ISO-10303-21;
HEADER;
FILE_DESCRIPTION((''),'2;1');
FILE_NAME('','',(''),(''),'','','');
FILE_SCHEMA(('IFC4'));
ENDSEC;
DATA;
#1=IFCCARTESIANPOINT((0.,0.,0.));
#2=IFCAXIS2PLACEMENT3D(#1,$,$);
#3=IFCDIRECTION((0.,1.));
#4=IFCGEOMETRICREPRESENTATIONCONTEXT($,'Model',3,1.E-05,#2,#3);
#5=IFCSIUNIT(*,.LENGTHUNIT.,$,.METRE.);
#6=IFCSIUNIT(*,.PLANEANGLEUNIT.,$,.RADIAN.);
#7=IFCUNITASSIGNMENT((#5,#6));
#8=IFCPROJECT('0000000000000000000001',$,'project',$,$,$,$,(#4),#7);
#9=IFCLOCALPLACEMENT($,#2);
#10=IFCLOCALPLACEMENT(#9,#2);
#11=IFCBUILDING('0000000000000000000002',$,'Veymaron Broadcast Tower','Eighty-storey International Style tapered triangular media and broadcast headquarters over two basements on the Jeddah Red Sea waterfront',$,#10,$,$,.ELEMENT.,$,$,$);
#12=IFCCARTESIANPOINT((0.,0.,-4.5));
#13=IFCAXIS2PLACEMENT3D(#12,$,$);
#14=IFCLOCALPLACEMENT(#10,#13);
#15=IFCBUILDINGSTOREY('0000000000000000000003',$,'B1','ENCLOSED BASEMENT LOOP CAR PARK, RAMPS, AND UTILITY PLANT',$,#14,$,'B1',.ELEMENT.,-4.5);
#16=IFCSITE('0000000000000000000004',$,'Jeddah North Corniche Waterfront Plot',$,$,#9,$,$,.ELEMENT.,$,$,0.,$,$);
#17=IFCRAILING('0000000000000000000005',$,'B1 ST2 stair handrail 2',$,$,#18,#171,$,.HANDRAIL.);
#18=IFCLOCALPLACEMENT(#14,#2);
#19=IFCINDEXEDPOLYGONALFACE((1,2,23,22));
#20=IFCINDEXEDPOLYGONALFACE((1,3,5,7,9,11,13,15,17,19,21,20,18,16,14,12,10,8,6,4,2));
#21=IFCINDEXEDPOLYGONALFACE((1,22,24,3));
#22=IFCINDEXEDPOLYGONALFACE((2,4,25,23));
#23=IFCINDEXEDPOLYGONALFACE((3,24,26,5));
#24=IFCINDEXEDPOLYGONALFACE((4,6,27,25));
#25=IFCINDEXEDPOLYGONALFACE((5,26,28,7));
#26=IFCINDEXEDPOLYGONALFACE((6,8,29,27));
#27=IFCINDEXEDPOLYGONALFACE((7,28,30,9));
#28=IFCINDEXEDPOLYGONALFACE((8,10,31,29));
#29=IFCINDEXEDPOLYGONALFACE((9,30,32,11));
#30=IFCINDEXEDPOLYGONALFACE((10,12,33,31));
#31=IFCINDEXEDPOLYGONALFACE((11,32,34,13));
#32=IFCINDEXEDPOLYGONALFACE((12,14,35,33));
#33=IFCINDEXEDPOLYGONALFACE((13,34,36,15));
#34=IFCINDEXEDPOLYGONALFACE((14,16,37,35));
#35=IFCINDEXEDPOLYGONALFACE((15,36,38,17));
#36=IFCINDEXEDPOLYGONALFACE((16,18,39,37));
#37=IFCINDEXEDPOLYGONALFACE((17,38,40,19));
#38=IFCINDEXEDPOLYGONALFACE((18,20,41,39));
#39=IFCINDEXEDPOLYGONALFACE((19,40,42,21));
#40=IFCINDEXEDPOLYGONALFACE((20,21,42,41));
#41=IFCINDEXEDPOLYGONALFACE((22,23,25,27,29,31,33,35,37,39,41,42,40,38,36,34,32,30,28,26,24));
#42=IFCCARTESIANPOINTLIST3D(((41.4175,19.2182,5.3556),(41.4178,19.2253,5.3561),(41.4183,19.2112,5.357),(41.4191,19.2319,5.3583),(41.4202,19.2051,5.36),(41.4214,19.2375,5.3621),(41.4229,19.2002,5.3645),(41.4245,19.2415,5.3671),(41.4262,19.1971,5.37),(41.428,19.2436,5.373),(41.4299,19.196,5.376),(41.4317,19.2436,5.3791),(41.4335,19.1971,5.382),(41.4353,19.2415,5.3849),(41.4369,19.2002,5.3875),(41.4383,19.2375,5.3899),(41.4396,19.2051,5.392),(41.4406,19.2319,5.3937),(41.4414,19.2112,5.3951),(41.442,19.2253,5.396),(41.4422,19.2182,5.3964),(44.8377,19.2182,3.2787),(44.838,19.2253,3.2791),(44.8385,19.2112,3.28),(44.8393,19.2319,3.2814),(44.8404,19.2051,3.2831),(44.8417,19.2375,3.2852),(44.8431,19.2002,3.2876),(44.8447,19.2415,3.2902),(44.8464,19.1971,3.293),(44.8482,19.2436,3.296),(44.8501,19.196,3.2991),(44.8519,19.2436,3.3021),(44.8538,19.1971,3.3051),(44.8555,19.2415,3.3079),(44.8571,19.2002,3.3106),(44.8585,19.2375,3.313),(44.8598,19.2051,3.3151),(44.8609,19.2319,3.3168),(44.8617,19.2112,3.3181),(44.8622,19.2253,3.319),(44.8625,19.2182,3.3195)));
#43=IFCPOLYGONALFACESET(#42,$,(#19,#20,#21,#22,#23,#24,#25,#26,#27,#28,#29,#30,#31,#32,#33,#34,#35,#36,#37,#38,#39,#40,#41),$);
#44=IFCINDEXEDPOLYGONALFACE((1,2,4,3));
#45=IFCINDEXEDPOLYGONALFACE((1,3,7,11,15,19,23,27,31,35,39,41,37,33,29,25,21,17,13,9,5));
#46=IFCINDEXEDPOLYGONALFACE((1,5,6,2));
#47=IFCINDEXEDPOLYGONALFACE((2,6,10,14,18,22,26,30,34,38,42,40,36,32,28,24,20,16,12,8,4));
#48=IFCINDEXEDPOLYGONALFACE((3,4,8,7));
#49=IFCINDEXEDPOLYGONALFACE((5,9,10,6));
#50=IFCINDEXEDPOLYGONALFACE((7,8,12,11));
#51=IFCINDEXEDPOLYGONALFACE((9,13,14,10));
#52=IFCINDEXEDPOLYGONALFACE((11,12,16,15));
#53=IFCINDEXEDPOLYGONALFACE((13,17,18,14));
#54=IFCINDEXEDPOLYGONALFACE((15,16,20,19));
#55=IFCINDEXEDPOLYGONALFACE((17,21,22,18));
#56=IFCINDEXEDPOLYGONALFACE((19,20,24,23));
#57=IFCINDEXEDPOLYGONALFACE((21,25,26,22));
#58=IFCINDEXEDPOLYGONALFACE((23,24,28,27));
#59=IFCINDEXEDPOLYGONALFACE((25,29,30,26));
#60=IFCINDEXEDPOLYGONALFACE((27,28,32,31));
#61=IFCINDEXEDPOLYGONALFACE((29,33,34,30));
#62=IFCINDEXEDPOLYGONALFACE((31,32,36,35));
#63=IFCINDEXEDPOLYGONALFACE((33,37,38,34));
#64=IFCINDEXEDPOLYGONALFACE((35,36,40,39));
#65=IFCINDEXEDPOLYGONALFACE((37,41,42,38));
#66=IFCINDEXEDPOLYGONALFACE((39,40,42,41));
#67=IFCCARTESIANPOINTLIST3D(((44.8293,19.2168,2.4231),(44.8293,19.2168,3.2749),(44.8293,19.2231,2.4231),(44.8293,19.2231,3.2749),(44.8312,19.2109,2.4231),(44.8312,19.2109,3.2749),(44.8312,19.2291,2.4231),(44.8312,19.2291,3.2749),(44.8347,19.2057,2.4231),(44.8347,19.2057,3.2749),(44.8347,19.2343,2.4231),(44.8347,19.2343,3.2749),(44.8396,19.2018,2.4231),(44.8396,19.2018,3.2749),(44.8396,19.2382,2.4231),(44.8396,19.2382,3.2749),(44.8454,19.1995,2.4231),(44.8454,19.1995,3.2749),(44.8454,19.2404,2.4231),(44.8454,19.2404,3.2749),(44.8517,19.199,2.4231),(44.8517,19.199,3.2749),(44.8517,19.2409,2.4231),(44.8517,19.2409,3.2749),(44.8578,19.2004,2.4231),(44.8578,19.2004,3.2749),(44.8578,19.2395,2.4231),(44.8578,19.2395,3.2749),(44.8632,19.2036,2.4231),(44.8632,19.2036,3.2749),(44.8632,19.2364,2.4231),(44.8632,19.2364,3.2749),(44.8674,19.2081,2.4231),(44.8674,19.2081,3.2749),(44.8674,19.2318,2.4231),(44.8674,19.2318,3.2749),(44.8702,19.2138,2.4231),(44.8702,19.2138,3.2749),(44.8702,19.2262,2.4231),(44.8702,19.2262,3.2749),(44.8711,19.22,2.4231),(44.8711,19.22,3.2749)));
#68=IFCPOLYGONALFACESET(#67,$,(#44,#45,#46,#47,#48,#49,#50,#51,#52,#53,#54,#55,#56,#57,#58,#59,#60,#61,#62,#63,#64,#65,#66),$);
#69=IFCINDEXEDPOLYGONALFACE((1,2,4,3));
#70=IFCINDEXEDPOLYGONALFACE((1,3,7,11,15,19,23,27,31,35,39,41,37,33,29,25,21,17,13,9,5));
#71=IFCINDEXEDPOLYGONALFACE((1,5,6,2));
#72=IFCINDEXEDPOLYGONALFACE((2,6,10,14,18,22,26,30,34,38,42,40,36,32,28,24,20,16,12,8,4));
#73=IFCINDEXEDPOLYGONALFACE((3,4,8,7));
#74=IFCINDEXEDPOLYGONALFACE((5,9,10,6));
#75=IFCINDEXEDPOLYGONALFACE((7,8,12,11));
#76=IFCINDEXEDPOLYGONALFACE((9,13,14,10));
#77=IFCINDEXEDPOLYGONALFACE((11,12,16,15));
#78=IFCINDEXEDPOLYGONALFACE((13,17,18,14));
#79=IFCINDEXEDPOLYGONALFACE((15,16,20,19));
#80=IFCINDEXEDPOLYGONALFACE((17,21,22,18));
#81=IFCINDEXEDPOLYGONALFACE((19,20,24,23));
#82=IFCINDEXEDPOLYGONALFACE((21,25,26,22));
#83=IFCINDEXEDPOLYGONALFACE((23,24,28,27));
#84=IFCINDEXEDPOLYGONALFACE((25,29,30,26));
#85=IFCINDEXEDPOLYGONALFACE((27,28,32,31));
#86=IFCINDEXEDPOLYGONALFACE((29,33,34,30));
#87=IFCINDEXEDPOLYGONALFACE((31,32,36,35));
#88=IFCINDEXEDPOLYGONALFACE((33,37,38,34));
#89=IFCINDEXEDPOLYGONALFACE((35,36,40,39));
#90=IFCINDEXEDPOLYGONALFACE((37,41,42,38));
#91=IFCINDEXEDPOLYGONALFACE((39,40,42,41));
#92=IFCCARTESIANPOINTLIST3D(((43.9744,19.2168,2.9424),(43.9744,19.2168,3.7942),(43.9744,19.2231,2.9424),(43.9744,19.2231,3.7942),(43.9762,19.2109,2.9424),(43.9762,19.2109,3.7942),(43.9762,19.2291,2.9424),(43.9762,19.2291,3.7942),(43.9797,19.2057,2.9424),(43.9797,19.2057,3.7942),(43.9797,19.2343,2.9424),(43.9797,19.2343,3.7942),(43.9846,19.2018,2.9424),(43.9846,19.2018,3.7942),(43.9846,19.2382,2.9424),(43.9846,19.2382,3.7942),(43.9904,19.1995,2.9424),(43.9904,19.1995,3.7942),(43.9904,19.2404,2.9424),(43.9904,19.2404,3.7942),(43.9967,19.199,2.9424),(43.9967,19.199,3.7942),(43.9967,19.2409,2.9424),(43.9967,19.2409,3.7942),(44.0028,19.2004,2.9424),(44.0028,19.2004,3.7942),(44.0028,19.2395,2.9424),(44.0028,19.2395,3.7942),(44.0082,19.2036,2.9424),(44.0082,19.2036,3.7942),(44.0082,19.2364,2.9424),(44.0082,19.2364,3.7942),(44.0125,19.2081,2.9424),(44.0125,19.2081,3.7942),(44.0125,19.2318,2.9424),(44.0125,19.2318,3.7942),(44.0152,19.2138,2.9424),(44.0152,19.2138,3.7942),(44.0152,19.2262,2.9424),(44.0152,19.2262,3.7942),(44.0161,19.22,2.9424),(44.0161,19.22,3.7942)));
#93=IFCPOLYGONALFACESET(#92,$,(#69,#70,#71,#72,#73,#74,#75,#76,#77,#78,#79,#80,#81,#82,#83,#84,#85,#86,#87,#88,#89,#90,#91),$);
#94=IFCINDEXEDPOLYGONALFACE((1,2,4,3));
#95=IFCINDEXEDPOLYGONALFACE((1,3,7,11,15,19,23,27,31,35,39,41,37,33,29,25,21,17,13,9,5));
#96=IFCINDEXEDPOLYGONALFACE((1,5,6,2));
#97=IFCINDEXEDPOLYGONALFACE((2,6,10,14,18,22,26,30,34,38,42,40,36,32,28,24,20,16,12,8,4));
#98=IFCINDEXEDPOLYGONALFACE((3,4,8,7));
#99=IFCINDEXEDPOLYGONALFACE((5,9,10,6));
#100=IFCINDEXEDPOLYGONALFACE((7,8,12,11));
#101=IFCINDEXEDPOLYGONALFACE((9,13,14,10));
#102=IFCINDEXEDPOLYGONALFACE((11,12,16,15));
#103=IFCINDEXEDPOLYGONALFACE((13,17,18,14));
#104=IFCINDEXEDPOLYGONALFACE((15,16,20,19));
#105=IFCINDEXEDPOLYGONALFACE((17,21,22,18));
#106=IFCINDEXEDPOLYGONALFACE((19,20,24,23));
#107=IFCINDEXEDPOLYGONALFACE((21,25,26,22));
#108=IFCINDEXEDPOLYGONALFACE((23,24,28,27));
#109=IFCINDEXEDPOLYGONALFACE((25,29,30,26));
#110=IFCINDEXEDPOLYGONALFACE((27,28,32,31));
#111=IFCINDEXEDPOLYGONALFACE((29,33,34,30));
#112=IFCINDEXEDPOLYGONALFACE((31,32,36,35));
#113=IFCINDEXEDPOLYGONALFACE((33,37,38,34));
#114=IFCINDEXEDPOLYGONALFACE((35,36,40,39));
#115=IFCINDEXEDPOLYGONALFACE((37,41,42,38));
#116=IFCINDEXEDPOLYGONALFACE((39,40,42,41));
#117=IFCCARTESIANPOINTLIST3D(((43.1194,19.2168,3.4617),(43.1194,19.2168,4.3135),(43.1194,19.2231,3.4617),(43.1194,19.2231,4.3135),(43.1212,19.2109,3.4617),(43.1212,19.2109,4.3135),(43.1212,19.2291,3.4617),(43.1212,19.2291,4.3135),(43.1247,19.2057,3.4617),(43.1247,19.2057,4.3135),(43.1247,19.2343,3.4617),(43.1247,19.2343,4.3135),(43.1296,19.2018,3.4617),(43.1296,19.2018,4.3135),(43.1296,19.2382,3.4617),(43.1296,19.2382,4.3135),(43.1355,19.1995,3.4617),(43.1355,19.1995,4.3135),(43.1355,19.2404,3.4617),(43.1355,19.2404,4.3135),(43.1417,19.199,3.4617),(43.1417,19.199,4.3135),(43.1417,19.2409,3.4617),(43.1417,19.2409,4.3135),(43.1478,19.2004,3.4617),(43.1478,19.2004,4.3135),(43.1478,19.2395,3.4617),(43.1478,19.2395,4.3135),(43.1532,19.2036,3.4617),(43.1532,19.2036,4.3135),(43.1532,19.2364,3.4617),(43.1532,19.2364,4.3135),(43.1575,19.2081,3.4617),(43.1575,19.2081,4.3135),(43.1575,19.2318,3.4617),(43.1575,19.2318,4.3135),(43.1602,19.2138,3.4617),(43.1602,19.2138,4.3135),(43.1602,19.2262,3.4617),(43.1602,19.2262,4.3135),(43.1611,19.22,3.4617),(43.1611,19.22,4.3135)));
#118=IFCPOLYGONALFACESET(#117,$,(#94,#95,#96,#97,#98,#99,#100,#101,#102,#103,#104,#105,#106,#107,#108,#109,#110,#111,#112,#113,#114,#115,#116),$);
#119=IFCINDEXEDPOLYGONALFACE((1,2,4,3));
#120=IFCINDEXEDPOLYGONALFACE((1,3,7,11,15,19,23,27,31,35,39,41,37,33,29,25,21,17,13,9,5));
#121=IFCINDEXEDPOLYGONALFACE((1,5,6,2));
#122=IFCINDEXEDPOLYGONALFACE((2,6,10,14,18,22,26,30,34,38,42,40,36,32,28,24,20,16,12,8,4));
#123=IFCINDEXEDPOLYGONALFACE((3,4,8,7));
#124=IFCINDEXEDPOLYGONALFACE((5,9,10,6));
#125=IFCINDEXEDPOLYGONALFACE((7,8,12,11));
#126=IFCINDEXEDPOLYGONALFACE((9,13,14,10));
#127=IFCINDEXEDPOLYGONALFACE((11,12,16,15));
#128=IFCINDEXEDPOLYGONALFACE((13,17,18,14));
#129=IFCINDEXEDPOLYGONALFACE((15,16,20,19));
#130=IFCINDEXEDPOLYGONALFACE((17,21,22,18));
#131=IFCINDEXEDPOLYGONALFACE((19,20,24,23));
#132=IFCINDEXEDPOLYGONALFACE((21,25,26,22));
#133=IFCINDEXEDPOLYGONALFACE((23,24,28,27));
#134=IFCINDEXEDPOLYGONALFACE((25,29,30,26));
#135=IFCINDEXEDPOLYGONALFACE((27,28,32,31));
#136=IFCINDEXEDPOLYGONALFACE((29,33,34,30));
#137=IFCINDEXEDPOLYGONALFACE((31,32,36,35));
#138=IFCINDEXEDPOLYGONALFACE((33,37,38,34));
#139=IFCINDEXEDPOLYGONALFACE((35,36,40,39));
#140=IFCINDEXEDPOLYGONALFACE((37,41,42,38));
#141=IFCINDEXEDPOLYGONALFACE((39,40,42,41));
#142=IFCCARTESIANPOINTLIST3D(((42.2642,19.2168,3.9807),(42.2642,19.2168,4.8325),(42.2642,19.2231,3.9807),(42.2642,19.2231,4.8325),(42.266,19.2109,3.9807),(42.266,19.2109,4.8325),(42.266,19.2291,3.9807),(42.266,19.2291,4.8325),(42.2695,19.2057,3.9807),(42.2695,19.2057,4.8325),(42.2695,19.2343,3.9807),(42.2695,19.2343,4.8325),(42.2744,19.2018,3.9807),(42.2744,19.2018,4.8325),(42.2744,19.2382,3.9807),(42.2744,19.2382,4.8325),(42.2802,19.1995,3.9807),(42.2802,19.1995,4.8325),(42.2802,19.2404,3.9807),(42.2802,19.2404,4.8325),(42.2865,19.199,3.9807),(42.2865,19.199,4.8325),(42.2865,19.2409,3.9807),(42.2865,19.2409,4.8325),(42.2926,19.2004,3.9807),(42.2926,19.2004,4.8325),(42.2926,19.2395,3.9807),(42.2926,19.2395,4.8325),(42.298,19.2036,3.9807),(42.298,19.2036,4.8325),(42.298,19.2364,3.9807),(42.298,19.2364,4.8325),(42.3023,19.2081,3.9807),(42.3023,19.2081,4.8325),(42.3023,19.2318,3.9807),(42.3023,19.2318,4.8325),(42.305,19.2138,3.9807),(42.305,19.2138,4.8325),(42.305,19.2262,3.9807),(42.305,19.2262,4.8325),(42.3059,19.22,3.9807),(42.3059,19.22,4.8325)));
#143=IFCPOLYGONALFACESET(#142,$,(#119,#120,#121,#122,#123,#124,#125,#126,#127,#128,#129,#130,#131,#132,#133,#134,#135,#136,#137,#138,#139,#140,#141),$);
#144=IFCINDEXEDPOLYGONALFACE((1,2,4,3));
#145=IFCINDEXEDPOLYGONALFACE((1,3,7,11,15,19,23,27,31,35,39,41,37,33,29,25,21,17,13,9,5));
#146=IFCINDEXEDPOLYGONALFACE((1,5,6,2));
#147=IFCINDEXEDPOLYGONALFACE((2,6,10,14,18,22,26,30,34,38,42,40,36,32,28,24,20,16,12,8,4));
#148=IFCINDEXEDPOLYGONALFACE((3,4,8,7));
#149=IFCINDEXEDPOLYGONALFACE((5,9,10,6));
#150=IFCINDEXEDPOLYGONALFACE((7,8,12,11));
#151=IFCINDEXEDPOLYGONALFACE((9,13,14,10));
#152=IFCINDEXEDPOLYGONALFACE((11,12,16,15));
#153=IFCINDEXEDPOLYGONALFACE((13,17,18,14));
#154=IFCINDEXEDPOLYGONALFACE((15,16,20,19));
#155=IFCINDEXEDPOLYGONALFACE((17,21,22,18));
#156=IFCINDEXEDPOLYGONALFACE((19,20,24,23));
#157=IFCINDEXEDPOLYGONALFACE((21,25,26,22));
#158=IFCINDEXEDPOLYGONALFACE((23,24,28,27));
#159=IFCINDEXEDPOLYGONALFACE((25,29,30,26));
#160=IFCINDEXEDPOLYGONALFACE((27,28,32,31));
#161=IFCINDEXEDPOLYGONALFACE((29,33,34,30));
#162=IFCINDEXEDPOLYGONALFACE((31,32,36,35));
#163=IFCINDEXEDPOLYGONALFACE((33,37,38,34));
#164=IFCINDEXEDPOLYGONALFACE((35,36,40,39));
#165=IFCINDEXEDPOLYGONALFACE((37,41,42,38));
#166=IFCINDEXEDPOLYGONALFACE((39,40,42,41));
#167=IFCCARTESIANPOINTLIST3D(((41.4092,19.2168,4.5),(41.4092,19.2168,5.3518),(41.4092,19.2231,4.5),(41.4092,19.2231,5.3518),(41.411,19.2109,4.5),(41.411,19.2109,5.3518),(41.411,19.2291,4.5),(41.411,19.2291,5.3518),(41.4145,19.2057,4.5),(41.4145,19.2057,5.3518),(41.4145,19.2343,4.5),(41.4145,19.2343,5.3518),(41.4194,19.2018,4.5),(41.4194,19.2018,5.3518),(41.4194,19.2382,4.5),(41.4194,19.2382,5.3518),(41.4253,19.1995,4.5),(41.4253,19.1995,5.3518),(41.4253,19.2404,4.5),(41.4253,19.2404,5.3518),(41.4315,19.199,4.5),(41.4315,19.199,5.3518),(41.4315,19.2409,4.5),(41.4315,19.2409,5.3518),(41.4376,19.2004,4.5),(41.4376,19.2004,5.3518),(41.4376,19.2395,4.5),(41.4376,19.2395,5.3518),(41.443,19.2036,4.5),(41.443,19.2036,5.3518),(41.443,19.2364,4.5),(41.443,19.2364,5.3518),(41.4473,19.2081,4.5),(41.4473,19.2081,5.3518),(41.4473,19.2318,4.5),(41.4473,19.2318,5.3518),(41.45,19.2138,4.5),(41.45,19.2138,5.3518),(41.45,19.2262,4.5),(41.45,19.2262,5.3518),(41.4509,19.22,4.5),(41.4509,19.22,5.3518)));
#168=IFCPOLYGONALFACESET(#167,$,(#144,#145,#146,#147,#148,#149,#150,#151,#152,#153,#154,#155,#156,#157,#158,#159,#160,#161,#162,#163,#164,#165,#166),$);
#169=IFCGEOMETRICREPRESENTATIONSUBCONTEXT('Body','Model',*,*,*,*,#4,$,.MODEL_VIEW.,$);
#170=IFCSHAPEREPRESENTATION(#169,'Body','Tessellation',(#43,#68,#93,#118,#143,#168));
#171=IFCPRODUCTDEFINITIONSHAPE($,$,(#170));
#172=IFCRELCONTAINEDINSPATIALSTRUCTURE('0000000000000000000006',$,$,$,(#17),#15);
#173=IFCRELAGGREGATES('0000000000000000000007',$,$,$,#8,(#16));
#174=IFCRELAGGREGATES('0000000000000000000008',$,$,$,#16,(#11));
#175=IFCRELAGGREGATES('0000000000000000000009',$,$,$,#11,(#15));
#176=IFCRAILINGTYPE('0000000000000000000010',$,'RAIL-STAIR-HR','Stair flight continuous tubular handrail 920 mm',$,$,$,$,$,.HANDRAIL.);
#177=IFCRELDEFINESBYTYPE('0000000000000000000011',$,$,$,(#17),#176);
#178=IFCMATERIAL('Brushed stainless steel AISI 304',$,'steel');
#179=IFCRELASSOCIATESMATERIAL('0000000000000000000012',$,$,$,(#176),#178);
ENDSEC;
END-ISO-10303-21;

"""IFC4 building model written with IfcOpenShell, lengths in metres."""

from ifc_helpers import new_model, si_unit, direction, frame, origin, origin_2d, place, context, subcontext, project, spatial, circle, extrude, material, type_object, element, save


model = new_model("IFC4")

# Units and contexts
model_context = context("Model", 3, precision=1e-05, world=origin(), true_north=direction((0.0, 1.0)))
body_context = subcontext(model_context, "Body", "Model", "MODEL_VIEW")
ifc_project = project(units=[si_unit("LENGTHUNIT", "METRE"), si_unit("PLANEANGLEUNIT", "RADIAN")], contexts=[model_context])

# Site, building, storey
site_placement = place(None, origin())
site = spatial("IfcSite", under=ifc_project, at=site_placement, Name="Jeddah North Corniche Waterfront Plot", CompositionType="ELEMENT", RefElevation=0.0)
building_placement = place(site_placement, origin())
building = spatial("IfcBuilding", under=site, at=building_placement, Name="Veymaron Broadcast Tower", Description="Eighty-storey International Style tapered triangular media and broadcast headquarters over two basements on the Jeddah Red Sea waterfront", CompositionType="ELEMENT")
storey_placement = place(building_placement, frame((0.0, 0.0, -4.5)))
storey = spatial("IfcBuildingStorey", under=building, at=storey_placement, Name="B1", Description="ENCLOSED BASEMENT LOOP CAR PARK, RAMPS, AND UTILITY PLANT", LongName="B1", CompositionType="ELEMENT", Elevation=-4.5)

# Shared definitions
ifc_material_1 = material(Name="Brushed stainless steel AISI 304", Category="steel")

# Railing
railing_type_1 = type_object("IfcRailingType", Name="RAIL-STAIR-HR", Description="Stair flight continuous tubular handrail 920 mm", PredefinedType="HANDRAIL", material=ifc_material_1)
railing_1_placement = place(storey_placement, frame((44.8501, 19.22, 2.4231)))
element("IfcRailing", 1, at=railing_1_placement, inside=storey, type_object=railing_type_1, Name="B1 ST2 stair handrail 2", PredefinedType="HANDRAIL", context=body_context, shape_type="SweptSolid", body=[
    extrude(circle(Radius=0.0239, at=origin_2d()), frame((0.0, 0.0, 0.876), z_axis=(-0.854746, 0.0, 0.519047), x_axis=(0.0, -1.0, 0.0)), (0.0, 0.0, 1.0), 4.0015),
    extrude(circle(Radius=0.021, at=origin_2d()), origin(), (0.0, 0.0, 1.0), 0.8518),
    extrude(circle(Radius=0.021, at=origin_2d()), frame((-0.855, 0.0, 0.5193)), (0.0, 0.0, 1.0), 0.8518),
    extrude(circle(Radius=0.021, at=origin_2d()), frame((-1.71, 0.0, 1.0386)), (0.0, 0.0, 1.0), 0.8518),
    extrude(circle(Radius=0.021, at=origin_2d()), frame((-2.5652, 0.0, 1.5576)), (0.0, 0.0, 1.0), 0.8518),
    extrude(circle(Radius=0.021, at=origin_2d()), frame((-3.4202, 0.0, 2.0769)), (0.0, 0.0, 1.0), 0.8518),
])

save(model, "model.ifc")
